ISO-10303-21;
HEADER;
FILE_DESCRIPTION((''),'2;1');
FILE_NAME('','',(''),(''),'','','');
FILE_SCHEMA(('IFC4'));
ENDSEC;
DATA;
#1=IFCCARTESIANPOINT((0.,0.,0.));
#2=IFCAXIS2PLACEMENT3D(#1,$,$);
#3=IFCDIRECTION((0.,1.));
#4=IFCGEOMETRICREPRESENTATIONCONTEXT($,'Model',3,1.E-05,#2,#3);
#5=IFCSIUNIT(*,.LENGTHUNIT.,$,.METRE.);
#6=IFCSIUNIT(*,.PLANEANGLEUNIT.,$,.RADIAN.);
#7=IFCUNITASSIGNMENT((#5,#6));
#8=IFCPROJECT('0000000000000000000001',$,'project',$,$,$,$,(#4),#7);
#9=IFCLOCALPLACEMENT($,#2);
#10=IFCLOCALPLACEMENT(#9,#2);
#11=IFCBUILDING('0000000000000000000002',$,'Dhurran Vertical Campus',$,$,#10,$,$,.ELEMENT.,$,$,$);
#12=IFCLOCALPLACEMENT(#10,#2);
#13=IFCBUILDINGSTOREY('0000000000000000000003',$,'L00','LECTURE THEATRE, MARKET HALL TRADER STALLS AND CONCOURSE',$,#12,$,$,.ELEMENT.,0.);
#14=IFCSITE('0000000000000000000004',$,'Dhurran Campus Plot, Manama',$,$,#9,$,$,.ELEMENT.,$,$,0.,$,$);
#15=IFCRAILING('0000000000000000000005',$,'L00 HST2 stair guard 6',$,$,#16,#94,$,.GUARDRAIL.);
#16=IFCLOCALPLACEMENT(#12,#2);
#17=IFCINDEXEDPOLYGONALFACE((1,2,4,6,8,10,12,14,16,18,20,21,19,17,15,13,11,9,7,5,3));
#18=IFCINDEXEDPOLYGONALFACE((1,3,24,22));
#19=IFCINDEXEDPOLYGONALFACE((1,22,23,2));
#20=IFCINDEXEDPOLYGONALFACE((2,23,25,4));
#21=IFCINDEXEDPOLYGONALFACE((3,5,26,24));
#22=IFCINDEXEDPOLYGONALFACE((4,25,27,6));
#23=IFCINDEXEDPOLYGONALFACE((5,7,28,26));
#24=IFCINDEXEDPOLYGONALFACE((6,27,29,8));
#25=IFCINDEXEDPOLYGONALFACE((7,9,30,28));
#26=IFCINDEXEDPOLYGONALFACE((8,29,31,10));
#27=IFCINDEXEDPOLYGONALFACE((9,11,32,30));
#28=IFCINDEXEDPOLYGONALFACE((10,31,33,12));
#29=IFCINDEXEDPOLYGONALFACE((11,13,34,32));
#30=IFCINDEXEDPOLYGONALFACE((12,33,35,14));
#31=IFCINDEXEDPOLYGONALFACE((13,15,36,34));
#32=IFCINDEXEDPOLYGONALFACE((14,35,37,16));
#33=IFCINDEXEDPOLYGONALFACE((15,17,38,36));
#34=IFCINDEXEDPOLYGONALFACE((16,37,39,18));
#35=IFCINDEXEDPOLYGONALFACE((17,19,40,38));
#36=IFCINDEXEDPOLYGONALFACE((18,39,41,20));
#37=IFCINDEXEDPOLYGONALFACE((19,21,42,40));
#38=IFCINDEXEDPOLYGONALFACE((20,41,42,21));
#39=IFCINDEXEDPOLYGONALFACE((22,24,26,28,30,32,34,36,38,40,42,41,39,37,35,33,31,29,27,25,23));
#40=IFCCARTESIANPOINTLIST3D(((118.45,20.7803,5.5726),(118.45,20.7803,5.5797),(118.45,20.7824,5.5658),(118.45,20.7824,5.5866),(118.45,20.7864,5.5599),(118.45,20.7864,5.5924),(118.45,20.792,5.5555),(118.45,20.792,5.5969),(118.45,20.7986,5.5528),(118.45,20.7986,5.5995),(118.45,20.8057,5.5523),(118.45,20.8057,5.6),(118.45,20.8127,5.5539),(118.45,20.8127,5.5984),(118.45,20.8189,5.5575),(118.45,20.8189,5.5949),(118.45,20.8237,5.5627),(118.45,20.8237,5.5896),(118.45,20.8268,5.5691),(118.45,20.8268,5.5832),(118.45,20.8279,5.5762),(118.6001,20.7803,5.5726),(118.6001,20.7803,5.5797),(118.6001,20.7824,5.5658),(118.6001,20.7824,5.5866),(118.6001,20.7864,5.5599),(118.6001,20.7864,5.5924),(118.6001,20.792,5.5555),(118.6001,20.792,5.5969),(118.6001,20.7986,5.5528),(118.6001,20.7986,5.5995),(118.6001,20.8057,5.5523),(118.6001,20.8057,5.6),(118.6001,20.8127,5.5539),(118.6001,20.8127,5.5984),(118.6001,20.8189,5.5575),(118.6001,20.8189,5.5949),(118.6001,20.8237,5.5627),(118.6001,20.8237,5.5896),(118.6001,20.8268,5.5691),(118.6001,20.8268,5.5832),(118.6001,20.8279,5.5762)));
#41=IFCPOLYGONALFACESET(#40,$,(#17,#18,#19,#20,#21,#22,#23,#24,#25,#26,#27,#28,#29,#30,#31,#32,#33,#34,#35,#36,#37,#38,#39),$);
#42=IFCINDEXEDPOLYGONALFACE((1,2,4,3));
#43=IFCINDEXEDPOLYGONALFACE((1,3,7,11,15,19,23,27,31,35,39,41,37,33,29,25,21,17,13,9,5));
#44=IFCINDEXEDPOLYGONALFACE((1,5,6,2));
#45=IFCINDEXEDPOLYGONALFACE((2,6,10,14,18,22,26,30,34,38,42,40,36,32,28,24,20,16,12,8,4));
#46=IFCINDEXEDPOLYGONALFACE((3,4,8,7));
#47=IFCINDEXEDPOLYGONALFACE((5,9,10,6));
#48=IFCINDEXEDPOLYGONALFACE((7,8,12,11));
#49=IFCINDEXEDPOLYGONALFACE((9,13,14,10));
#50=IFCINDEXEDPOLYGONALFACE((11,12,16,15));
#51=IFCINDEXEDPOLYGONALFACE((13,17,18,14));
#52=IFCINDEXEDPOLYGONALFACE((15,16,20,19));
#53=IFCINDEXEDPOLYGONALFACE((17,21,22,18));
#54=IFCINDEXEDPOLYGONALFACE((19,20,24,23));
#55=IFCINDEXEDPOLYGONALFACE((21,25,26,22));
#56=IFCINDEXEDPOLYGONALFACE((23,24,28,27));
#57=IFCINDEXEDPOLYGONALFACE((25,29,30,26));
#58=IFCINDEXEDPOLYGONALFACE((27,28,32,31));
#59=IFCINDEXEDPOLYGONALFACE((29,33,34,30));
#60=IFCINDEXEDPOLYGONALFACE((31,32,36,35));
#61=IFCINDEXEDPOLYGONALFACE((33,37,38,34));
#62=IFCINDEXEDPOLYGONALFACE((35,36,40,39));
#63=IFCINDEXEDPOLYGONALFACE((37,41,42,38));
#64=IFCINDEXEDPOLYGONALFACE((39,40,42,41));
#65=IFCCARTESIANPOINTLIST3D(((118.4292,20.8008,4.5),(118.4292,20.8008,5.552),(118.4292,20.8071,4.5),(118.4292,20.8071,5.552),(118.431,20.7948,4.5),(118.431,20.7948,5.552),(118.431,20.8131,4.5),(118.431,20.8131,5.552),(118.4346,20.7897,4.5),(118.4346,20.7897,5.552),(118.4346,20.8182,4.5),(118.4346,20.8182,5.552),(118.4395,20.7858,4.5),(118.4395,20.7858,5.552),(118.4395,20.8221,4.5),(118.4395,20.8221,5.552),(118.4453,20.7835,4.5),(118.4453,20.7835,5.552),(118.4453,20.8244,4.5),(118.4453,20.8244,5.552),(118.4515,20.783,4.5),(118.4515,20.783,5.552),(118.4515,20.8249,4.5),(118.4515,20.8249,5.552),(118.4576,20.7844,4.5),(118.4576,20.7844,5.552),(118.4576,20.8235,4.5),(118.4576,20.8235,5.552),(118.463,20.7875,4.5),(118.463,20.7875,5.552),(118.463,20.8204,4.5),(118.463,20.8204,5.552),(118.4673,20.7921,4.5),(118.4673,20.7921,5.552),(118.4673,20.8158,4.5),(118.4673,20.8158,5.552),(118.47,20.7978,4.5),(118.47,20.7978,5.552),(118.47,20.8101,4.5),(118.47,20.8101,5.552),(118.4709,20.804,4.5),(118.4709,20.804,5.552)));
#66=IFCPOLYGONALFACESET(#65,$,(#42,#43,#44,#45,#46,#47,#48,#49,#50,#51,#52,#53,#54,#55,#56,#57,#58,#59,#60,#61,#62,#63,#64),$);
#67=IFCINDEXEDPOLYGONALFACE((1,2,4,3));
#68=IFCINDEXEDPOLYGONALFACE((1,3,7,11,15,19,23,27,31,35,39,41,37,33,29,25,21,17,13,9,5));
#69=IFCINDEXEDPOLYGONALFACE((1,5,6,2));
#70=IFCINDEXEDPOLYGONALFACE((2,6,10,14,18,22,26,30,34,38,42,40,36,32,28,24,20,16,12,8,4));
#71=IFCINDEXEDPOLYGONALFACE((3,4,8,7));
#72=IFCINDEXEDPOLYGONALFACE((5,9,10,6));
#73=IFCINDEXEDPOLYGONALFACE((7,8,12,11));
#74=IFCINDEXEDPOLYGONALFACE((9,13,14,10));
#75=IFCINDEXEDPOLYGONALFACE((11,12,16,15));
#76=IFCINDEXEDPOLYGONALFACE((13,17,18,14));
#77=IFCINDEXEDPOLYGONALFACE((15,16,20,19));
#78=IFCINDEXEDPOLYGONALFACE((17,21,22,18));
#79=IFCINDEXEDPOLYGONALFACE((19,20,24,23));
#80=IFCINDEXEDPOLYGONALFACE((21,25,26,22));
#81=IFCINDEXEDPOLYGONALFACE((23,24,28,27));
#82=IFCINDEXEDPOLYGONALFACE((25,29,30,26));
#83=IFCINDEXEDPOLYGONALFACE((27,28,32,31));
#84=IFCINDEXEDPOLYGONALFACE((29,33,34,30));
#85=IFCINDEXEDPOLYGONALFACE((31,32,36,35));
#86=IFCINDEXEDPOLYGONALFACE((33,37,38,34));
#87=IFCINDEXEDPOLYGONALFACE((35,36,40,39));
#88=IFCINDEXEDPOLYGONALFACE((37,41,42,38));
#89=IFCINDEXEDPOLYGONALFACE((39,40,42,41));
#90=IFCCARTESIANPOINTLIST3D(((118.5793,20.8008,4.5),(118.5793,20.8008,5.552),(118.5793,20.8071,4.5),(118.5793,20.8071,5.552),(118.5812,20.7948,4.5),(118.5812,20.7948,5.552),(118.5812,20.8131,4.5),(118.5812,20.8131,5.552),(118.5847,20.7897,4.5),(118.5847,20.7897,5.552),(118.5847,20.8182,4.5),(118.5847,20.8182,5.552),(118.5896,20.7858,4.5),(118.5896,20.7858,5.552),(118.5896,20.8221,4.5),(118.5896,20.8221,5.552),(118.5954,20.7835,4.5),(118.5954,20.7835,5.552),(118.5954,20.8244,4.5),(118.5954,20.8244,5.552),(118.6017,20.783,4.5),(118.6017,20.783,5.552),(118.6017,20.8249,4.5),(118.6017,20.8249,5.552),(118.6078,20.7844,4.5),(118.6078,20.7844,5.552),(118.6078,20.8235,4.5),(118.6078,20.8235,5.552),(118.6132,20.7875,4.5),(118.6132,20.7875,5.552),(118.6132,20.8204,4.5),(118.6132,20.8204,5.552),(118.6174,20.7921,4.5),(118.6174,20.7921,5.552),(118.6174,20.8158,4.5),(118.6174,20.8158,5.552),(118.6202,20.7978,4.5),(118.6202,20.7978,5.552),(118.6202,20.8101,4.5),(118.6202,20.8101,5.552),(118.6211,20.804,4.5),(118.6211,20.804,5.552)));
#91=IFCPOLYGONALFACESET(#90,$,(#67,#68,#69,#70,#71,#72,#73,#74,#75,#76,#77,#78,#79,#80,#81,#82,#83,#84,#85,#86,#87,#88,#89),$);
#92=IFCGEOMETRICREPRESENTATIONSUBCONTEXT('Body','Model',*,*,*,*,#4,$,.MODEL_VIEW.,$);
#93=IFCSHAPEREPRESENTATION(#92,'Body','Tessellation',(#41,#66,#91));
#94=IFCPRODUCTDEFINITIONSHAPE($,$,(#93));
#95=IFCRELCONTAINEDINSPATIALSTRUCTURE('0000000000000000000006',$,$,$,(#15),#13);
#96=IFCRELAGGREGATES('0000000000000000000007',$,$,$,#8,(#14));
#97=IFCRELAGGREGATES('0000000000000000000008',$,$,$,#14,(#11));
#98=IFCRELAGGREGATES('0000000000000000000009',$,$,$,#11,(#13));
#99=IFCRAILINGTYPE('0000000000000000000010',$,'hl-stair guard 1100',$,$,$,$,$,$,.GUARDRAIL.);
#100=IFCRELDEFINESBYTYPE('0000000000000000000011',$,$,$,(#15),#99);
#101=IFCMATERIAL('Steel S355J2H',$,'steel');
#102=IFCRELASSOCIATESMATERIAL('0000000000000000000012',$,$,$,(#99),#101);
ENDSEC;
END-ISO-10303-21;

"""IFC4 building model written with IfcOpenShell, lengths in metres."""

from ifc_helpers import new_model, si_unit, direction, frame, origin, origin_2d, place, context, subcontext, project, spatial, circle, extrude, material, type_object, element, save


model = new_model("IFC4")

# Units and contexts
model_context = context("Model", 3, precision=1e-05, world=origin(), true_north=direction((0.0, 1.0)))
body_context = subcontext(model_context, "Body", "Model", "MODEL_VIEW")
ifc_project = project(units=[si_unit("LENGTHUNIT", "METRE"), si_unit("PLANEANGLEUNIT", "RADIAN")], contexts=[model_context])

# Site, building, storey
site_placement = place(None, origin())
site = spatial("IfcSite", under=ifc_project, at=site_placement, Name="Dhurran Campus Plot, Manama", CompositionType="ELEMENT", RefElevation=0.0)
building_placement = place(site_placement, origin())
building = spatial("IfcBuilding", under=site, at=building_placement, Name="Dhurran Vertical Campus", CompositionType="ELEMENT")
storey_placement = place(building_placement, origin())
storey = spatial("IfcBuildingStorey", under=building, at=storey_placement, Name="L00", Description="LECTURE THEATRE, MARKET HALL TRADER STALLS AND CONCOURSE", CompositionType="ELEMENT", Elevation=0.0)

# Railing
ifc_material_1 = material(Name="Steel S355J2H", Category="steel")
railing_type = type_object("IfcRailingType", Name="hl-stair guard 1100", PredefinedType="GUARDRAIL", material=ifc_material_1)
railing_1_placement = place(storey_placement, frame((118.45, 20.804, 4.5)))
element("IfcRailing", 1, at=railing_1_placement, inside=storey, type_object=railing_type, Name="L00 HST2 stair guard 6", PredefinedType="GUARDRAIL", context=body_context, shape_type="SweptSolid", body=[
    extrude(circle(Radius=0.0239, at=origin_2d()), frame((0.0, 0.0, 1.0762), z_axis=(1.0, 0.0, 0.0), x_axis=(0.0, 1.0, 0.0)), (0.0, 0.0, 1.0), 0.1501),
    extrude(circle(Radius=0.021, at=origin_2d()), origin(), (0.0, 0.0, 1.0), 1.052),
    extrude(circle(Radius=0.021, at=origin_2d()), frame((0.1501, 0.0, 0.0)), (0.0, 0.0, 1.0), 1.052),
])

save(model, "model.ifc")
